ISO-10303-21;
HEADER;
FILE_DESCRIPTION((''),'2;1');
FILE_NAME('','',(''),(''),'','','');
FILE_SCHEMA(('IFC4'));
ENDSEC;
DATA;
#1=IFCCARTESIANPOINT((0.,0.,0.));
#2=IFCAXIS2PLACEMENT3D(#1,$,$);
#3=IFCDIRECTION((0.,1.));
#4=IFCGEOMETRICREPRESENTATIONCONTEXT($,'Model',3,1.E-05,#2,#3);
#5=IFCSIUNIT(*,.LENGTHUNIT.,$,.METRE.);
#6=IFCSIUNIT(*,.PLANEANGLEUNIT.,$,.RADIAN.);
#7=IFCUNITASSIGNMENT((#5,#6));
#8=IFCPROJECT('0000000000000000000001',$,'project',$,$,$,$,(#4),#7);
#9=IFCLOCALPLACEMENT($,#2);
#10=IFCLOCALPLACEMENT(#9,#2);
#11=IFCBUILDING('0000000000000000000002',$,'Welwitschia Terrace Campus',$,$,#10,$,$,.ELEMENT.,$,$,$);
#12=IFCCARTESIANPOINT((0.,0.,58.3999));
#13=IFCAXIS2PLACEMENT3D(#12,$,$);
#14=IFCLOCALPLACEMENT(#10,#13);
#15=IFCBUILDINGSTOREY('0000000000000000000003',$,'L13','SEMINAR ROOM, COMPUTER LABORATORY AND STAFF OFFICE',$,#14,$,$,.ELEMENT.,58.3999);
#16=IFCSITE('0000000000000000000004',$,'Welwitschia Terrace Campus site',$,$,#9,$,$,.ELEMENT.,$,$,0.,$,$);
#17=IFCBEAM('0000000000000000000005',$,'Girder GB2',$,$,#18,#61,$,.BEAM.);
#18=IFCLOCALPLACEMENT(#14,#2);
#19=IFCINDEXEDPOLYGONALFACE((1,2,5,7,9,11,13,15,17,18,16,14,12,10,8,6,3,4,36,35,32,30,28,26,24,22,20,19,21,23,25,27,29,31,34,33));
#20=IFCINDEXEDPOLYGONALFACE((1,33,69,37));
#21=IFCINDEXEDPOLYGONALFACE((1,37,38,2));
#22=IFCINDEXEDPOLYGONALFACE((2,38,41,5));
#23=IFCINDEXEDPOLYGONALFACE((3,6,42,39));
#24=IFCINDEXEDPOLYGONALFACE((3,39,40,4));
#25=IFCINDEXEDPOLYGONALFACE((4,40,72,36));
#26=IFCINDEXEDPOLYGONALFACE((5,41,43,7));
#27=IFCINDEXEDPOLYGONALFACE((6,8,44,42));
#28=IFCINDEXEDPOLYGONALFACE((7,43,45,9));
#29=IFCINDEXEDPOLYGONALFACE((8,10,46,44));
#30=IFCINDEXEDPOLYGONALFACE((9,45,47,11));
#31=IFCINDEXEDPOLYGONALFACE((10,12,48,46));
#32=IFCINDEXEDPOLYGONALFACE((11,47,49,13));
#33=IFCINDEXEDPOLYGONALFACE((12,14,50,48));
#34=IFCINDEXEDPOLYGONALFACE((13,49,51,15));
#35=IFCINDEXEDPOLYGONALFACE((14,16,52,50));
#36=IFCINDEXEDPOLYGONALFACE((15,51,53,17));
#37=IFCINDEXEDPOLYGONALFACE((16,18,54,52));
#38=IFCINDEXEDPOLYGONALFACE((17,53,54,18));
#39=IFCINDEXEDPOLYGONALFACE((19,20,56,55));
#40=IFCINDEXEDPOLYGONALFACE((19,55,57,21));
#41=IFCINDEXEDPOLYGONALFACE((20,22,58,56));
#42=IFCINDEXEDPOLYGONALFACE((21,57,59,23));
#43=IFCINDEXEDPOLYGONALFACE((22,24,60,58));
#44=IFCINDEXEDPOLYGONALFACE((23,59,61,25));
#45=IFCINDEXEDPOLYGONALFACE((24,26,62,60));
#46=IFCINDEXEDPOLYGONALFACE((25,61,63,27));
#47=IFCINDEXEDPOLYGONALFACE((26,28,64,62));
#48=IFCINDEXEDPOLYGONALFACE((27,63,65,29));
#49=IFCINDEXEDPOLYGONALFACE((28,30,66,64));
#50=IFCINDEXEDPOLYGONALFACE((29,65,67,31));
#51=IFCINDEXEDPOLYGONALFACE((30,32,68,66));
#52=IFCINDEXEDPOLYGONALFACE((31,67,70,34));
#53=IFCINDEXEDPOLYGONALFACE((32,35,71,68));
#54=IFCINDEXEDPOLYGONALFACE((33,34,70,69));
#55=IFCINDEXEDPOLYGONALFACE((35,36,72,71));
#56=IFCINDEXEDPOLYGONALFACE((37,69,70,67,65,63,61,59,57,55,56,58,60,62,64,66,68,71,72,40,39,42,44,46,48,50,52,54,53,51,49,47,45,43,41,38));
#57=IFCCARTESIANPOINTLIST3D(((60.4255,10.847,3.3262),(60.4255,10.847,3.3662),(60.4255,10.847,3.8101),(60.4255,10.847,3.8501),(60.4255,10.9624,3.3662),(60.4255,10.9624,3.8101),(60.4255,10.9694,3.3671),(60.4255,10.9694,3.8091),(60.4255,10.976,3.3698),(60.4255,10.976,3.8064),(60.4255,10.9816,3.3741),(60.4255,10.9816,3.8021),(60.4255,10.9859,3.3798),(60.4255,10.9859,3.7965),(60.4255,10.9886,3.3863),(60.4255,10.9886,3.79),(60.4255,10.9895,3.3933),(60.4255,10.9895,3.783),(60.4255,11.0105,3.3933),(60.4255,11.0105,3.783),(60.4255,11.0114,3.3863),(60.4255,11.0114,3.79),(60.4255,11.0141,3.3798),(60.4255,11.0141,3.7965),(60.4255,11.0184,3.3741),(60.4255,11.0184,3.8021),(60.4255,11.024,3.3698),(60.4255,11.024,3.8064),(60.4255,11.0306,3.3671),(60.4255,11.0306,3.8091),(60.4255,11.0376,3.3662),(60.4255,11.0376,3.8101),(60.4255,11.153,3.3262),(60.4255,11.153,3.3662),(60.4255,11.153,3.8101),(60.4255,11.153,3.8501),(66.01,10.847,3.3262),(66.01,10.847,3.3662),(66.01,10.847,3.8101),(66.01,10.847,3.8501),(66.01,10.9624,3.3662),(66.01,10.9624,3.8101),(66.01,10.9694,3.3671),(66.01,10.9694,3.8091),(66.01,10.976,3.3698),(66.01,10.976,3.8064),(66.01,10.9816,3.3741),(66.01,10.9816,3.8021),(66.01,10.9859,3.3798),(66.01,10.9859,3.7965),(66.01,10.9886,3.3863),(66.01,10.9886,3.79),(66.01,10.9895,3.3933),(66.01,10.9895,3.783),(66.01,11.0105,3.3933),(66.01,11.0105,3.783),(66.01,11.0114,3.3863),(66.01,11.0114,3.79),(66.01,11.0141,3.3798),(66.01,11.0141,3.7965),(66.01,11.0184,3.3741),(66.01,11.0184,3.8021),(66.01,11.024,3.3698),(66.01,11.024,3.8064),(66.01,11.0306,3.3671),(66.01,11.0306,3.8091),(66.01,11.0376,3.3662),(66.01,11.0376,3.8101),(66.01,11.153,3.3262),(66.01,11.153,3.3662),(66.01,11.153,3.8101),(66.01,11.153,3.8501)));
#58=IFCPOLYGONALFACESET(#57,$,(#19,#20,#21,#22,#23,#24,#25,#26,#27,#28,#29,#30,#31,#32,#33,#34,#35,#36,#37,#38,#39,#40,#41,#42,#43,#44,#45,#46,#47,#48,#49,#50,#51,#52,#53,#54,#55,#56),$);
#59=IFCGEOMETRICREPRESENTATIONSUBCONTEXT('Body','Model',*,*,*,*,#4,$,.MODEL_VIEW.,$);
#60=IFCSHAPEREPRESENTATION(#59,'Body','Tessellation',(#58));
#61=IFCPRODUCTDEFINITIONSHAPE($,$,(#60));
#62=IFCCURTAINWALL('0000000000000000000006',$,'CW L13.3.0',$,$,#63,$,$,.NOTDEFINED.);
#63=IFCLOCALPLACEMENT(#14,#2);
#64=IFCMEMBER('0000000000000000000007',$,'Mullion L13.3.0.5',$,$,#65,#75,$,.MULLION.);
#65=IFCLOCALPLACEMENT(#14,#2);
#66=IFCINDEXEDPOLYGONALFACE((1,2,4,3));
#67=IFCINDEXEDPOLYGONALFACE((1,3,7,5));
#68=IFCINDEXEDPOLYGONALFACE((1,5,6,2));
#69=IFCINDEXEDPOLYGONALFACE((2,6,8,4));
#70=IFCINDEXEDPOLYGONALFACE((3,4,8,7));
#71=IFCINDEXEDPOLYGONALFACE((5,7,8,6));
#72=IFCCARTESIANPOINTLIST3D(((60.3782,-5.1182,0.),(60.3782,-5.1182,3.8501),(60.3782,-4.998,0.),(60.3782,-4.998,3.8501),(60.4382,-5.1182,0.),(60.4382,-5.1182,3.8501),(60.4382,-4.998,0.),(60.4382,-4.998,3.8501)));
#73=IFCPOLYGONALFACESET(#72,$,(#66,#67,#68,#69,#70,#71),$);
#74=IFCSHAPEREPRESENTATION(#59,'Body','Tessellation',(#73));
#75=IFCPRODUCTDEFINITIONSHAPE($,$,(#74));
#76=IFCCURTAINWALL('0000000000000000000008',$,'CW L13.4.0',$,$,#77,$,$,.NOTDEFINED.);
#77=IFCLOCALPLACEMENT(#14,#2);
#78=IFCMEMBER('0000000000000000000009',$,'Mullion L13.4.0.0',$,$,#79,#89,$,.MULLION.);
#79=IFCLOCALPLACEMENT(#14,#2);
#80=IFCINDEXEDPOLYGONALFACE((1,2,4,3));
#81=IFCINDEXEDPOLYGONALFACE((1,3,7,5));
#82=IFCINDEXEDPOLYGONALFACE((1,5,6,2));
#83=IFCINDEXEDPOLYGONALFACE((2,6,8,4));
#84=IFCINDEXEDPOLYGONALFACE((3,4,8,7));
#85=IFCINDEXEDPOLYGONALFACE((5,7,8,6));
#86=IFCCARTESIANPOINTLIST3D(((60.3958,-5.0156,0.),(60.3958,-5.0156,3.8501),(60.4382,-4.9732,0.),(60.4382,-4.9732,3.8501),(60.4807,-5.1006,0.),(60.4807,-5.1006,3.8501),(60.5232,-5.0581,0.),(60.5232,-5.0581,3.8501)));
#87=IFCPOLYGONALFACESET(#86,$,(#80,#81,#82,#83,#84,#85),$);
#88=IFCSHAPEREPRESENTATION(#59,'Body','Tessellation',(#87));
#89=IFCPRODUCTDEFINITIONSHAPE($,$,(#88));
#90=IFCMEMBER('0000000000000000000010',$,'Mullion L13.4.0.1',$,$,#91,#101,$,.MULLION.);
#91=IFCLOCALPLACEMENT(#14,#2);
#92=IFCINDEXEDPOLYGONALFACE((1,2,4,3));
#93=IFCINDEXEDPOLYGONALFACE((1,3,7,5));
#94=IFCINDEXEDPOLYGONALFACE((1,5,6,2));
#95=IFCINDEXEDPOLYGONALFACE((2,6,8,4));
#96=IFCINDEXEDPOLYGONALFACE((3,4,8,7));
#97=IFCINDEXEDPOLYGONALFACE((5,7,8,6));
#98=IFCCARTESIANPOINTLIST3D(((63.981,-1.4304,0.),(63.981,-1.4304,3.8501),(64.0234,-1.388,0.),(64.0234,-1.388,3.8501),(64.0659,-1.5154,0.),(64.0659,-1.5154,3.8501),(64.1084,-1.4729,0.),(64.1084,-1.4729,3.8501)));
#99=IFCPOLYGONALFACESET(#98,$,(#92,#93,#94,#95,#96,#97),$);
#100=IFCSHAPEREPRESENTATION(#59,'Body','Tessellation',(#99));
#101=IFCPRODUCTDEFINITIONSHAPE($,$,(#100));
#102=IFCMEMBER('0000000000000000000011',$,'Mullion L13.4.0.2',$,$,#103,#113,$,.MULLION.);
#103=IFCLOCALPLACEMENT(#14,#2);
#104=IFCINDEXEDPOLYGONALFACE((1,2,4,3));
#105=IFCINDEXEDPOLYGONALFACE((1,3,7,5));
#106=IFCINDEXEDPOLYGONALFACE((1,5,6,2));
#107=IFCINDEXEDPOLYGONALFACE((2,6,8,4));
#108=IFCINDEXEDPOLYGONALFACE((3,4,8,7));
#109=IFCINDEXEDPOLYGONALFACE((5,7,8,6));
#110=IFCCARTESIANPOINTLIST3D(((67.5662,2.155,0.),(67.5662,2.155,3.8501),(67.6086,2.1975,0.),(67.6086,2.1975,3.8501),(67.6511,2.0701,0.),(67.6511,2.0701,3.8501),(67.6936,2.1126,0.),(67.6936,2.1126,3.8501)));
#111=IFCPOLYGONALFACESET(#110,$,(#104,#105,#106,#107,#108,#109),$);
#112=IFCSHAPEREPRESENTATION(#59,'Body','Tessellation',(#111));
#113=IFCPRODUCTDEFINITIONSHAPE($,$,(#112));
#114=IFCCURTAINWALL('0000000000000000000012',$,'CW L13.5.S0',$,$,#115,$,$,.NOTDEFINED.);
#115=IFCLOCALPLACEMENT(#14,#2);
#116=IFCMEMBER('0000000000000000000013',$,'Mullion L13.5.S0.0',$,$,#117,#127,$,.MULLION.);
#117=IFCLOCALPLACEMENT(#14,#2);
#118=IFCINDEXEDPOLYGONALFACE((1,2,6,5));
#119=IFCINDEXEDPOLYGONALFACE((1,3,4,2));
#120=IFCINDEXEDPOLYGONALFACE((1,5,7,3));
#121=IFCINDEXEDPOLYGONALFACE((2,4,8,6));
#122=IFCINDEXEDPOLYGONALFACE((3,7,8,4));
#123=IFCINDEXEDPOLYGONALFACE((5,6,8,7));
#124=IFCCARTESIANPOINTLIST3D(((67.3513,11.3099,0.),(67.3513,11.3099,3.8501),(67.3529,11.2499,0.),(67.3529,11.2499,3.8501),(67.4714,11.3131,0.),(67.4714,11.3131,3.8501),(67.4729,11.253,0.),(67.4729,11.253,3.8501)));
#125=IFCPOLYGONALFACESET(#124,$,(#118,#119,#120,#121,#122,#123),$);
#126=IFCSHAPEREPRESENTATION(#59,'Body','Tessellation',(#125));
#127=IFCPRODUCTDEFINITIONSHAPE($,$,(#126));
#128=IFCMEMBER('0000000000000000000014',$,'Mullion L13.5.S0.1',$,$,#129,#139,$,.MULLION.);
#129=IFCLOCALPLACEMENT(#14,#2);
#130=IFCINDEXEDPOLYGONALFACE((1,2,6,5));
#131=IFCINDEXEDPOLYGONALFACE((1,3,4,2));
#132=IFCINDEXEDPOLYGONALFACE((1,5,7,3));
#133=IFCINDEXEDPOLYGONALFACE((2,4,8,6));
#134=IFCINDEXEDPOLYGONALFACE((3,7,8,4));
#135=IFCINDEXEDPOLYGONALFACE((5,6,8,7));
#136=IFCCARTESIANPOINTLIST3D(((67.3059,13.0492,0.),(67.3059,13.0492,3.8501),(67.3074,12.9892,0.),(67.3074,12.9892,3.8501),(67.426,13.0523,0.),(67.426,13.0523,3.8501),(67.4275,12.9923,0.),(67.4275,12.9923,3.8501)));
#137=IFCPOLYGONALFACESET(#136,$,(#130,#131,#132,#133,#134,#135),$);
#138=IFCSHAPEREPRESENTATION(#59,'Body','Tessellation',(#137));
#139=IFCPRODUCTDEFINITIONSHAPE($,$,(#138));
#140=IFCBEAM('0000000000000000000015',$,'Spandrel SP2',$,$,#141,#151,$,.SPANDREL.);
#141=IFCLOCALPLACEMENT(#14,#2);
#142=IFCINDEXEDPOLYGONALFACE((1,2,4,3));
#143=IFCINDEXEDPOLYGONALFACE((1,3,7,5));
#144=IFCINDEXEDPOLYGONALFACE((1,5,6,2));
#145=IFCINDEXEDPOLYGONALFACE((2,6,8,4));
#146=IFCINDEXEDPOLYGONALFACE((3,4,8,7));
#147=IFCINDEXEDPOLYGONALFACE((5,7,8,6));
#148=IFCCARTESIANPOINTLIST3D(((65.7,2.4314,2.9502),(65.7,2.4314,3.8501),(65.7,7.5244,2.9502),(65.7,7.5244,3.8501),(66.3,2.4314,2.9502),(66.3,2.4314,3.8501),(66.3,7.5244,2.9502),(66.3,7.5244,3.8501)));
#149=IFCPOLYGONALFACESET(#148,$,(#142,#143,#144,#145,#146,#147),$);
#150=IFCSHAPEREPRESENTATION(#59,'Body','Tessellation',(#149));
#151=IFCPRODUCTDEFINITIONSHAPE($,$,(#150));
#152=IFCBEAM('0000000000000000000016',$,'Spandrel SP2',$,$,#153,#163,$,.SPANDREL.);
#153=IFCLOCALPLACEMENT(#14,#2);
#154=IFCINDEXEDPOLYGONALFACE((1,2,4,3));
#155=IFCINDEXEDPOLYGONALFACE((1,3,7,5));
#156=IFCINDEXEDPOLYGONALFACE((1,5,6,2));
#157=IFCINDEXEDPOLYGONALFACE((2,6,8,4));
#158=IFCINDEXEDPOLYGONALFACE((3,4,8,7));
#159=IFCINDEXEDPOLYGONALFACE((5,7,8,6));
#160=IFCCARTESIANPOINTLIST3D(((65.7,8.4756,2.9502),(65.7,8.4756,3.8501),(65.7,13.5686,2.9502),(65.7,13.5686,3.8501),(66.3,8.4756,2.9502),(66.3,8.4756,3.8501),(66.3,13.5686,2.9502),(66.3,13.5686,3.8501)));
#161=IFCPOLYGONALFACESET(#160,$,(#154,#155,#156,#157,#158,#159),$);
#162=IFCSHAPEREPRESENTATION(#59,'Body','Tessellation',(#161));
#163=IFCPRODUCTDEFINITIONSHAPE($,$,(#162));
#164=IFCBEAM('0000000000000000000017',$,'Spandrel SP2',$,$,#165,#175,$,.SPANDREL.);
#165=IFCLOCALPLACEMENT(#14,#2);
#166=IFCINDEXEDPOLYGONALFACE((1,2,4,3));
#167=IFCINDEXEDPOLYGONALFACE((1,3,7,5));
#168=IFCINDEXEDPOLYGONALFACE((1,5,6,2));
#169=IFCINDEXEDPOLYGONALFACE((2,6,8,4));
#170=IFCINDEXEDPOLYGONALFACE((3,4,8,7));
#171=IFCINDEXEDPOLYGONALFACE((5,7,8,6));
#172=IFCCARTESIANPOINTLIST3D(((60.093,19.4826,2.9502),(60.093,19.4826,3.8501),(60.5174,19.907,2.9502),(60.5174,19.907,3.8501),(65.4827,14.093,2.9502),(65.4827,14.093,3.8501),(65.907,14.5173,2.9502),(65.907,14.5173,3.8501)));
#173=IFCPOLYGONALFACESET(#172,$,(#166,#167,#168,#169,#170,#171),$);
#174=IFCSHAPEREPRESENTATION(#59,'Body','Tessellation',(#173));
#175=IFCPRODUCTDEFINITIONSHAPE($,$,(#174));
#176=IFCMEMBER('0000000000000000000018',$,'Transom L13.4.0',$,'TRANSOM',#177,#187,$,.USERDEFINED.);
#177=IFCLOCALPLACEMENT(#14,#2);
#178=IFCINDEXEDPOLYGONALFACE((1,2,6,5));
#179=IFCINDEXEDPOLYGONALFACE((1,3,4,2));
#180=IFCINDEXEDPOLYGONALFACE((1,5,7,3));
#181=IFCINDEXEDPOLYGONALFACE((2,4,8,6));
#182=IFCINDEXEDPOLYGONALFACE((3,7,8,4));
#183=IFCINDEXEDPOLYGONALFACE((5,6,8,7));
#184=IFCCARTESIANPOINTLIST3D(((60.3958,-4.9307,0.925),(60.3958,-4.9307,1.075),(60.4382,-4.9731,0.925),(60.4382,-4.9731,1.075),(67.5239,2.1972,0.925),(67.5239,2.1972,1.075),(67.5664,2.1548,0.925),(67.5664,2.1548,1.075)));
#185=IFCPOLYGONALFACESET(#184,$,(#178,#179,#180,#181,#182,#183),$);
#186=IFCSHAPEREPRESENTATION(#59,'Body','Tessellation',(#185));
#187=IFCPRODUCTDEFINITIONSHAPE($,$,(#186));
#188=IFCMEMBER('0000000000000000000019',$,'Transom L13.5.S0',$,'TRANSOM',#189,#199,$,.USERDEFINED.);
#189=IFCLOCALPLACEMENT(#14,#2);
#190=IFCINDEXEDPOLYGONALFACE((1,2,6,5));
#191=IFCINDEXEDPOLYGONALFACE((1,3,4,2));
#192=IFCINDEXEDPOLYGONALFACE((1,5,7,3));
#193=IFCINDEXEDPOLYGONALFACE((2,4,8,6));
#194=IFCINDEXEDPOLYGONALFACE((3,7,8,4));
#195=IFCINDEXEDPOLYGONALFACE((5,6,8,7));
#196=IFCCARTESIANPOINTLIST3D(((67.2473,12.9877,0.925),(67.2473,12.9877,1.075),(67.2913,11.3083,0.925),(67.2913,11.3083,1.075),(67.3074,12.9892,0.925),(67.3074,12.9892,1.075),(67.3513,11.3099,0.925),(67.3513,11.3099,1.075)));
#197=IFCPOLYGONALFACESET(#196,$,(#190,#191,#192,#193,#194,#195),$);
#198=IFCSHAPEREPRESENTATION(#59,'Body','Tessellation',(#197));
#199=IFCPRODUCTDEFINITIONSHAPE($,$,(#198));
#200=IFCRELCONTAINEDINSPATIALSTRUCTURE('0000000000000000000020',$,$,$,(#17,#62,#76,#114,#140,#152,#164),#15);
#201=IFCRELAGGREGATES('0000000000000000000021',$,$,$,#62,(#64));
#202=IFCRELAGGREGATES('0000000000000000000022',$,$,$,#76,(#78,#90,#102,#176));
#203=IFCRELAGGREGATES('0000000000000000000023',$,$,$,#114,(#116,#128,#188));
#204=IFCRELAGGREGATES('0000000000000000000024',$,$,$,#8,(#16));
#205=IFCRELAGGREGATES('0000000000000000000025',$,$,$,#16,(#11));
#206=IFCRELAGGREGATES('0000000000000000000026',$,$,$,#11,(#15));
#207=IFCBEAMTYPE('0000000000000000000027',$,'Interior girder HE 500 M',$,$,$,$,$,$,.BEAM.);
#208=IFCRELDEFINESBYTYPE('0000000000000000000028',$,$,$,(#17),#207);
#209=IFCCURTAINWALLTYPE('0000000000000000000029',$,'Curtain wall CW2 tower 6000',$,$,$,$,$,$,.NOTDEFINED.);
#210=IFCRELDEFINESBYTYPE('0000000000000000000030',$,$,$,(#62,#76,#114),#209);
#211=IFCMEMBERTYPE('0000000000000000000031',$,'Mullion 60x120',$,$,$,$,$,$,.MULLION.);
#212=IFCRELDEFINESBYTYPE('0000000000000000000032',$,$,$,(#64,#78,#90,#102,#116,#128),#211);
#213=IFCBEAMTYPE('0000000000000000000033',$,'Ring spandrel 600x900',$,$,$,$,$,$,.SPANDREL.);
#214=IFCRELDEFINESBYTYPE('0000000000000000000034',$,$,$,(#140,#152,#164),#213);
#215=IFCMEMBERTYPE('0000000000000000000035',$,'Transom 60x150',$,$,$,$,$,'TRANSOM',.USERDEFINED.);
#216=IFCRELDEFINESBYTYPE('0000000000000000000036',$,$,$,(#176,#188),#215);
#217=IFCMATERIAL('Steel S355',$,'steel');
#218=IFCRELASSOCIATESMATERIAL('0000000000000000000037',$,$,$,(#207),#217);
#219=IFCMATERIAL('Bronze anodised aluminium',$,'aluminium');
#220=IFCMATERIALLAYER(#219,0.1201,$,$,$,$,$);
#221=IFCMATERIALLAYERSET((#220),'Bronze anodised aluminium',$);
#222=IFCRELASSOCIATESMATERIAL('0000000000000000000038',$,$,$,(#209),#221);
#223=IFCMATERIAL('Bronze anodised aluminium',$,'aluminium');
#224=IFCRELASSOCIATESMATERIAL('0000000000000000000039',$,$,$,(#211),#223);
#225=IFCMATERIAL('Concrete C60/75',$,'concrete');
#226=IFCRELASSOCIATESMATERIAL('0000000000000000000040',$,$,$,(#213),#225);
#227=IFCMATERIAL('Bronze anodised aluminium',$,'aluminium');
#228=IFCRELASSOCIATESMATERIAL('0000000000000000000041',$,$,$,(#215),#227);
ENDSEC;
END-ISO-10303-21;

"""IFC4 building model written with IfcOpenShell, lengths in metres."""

from ifc_helpers import new_model, si_unit, direction, frame, origin, origin_2d, place, context, subcontext, project, spatial, rectangle, i_section, extrude, material, layer, layer_set, material_profile, profile_set, type_object, element, aggregate, save


model = new_model("IFC4")

# Units and contexts
model_context = context("Model", 3, precision=1e-05, world=origin(), true_north=direction((0.0, 1.0)))
body_context = subcontext(model_context, "Body", "Model", "MODEL_VIEW")
ifc_project = project(units=[si_unit("LENGTHUNIT", "METRE"), si_unit("PLANEANGLEUNIT", "RADIAN")], contexts=[model_context])

# Site, building, storey
site_placement = place(None, origin())
site = spatial("IfcSite", under=ifc_project, at=site_placement, Name="Welwitschia Terrace Campus site", CompositionType="ELEMENT", RefElevation=0.0)
building_placement = place(site_placement, origin())
building = spatial("IfcBuilding", under=site, at=building_placement, Name="Welwitschia Terrace Campus", CompositionType="ELEMENT")
storey_placement = place(building_placement, frame((0.0, 0.0, 58.3999)))
storey = spatial("IfcBuildingStorey", under=building, at=storey_placement, Name="L13", Description="SEMINAR ROOM, COMPUTER LABORATORY AND STAFF OFFICE", CompositionType="ELEMENT", Elevation=58.3999)

# Beam
ifc_material_1 = material(Name="Steel S355", Category="steel")
ifc_material_profile_1 = material_profile(ifc_material_1, i_section(OverallWidth=0.3059, OverallDepth=0.5239, WebThickness=0.021, FlangeThickness=0.04, FilletRadius=0.0271, at=origin_2d()))
ifc_profile_set_1 = profile_set([ifc_material_profile_1], Name="Steel S355")
beam_type_1 = type_object("IfcBeamType", Name="Interior girder HE 500 M", PredefinedType="BEAM", material=ifc_profile_set_1)
for number, where, z_axis, x_axis, name in (
    (1, (60.4255, 11.0, 3.5881), (1.0, 0.0, 0.0), (0.0, 1.0, 0.0), "Girder GB2"),
):
    element("IfcBeam", number, at=place(storey_placement, frame(where, z_axis=z_axis, x_axis=x_axis)), inside=storey, type_object=beam_type_1, Name=name, PredefinedType="BEAM", context=body_context, shape_type="SweptSolid", body=[
        extrude(i_section(OverallWidth=0.3059, OverallDepth=0.5239, WebThickness=0.021, FlangeThickness=0.04, FilletRadius=0.0271, at=origin_2d()), origin(), (0.0, 0.0, 1.0), 5.5845),
    ])

# Curtain wall, member
ifc_material_2 = material(Name="Bronze anodised aluminium", Category="aluminium")
ifc_layer_1 = layer(ifc_material_2, 0.1201)
ifc_layer_set_1 = layer_set([ifc_layer_1], Name="Bronze anodised aluminium")
curtain_wall_type = type_object("IfcCurtainWallType", Name="Curtain wall CW2 tower 6000", PredefinedType="NOTDEFINED", material=ifc_layer_set_1)
curtain_wall_1_placement = place(storey_placement, origin())
curtain_wall_1 = element("IfcCurtainWall", 2, at=curtain_wall_1_placement, inside=storey, type_object=curtain_wall_type, Name="CW L13.3.0", PredefinedType="NOTDEFINED")
ifc_material_3 = material(Name="Bronze anodised aluminium", Category="aluminium")
ifc_material_profile_2 = material_profile(ifc_material_3, rectangle(XDim=0.1201, YDim=0.0601, at=origin_2d()))
ifc_profile_set_2 = profile_set([ifc_material_profile_2], Name="Bronze anodised aluminium")
member_type_1 = type_object("IfcMemberType", Name="Mullion 60x120", PredefinedType="MULLION", material=ifc_profile_set_2)
member_1_placement = place(storey_placement, frame((60.4082, -5.0581, 0.0), z_axis=(0.0, 0.0, 1.0), x_axis=(0.0, 1.0, 0.0)))
member_1 = element("IfcMember", 3, at=member_1_placement, type_object=member_type_1, Name="Mullion L13.3.0.5", PredefinedType="MULLION", context=body_context, shape_type="SweptSolid", body=[
    extrude(rectangle(XDim=0.1201, YDim=0.0601, at=origin_2d()), origin(), (0.0, 0.0, 1.0), 3.8501),
])
aggregate(curtain_wall_1, [member_1])

# Curtain walls, members
curtain_wall_2_placement = place(storey_placement, origin())
curtain_wall_2 = element("IfcCurtainWall", 4, at=curtain_wall_2_placement, inside=storey, type_object=curtain_wall_type, Name="CW L13.4.0", PredefinedType="NOTDEFINED")
member_2_placement = place(storey_placement, frame((60.4595, -5.0369, 0.0), z_axis=(0.0, 0.0, 1.0), x_axis=(-0.707107, 0.707107, 0.0)))
member_2 = element("IfcMember", 5, at=member_2_placement, type_object=member_type_1, Name="Mullion L13.4.0.0", PredefinedType="MULLION", context=body_context, shape_type="SweptSolid", body=[
    extrude(rectangle(XDim=0.1201, YDim=0.0601, at=origin_2d()), origin(), (0.0, 0.0, 1.0), 3.8501),
])
member_3_placement = place(storey_placement, frame((64.0447, -1.4517, 0.0), z_axis=(0.0, 0.0, 1.0), x_axis=(-0.707107, 0.707107, 0.0)))
member_3 = element("IfcMember", 6, at=member_3_placement, type_object=member_type_1, Name="Mullion L13.4.0.1", PredefinedType="MULLION", context=body_context, shape_type="SweptSolid", body=[
    extrude(rectangle(XDim=0.1201, YDim=0.0601, at=origin_2d()), origin(), (0.0, 0.0, 1.0), 3.8501),
])
member_4_placement = place(storey_placement, frame((67.6299, 2.1338, 0.0), z_axis=(0.0, 0.0, 1.0), x_axis=(-0.707107, 0.707107, 0.0)))
member_4 = element("IfcMember", 7, at=member_4_placement, type_object=member_type_1, Name="Mullion L13.4.0.2", PredefinedType="MULLION", context=body_context, shape_type="SweptSolid", body=[
    extrude(rectangle(XDim=0.1201, YDim=0.0601, at=origin_2d()), origin(), (0.0, 0.0, 1.0), 3.8501),
])
curtain_wall_3_placement = place(storey_placement, origin())
curtain_wall_3 = element("IfcCurtainWall", 8, at=curtain_wall_3_placement, inside=storey, type_object=curtain_wall_type, Name="CW L13.5.S0", PredefinedType="NOTDEFINED")
member_5_placement = place(storey_placement, frame((67.4121, 11.2815, 0.0), z_axis=(0.0, 0.0, 1.0), x_axis=(-0.999657, -0.026177, 0.0)))
member_5 = element("IfcMember", 9, at=member_5_placement, type_object=member_type_1, Name="Mullion L13.5.S0.0", PredefinedType="MULLION", context=body_context, shape_type="SweptSolid", body=[
    extrude(rectangle(XDim=0.1201, YDim=0.0601, at=origin_2d()), origin(), (0.0, 0.0, 1.0), 3.8501),
])
member_6_placement = place(storey_placement, frame((67.3667, 13.0208, 0.0), z_axis=(0.0, 0.0, 1.0), x_axis=(-0.999657, -0.026177, 0.0)))
member_6 = element("IfcMember", 10, at=member_6_placement, type_object=member_type_1, Name="Mullion L13.5.S0.1", PredefinedType="MULLION", context=body_context, shape_type="SweptSolid", body=[
    extrude(rectangle(XDim=0.1201, YDim=0.0601, at=origin_2d()), origin(), (0.0, 0.0, 1.0), 3.8501),
])

# Beams
ifc_material_4 = material(Name="Concrete C60/75", Category="concrete")
ifc_material_profile_3 = material_profile(ifc_material_4, rectangle(XDim=0.6001, YDim=0.8999, at=origin_2d()))
ifc_profile_set_3 = profile_set([ifc_material_profile_3], Name="Concrete C60/75")
beam_type_2 = type_object("IfcBeamType", Name="Ring spandrel 600x900", PredefinedType="SPANDREL", material=ifc_profile_set_3)
for number, where, z_axis, x_axis, name in (
    (11, (66.0, 2.4314, 3.4001), (0.0, 1.0, 0.0), (-1.0, 0.0, 0.0), "Spandrel SP2"),
    (12, (66.0, 8.4756, 3.4001), (0.0, 1.0, 0.0), (-1.0, 0.0, 0.0), "Spandrel SP2"),
):
    element("IfcBeam", number, at=place(storey_placement, frame(where, z_axis=z_axis, x_axis=x_axis)), inside=storey, type_object=beam_type_2, Name=name, PredefinedType="SPANDREL", context=body_context, shape_type="SweptSolid", body=[
        extrude(rectangle(XDim=0.6001, YDim=0.8999, at=origin_2d()), origin(), (0.0, 0.0, 1.0), 5.093),
    ])
beam_placement = place(storey_placement, frame((65.6948, 14.3052, 3.4001), z_axis=(-0.707107, 0.707107, 0.0), x_axis=(-0.707107, -0.707107, 0.0)))
element("IfcBeam", 13, at=beam_placement, inside=storey, type_object=beam_type_2, Name="Spandrel SP2", PredefinedType="SPANDREL", context=body_context, shape_type="SweptSolid", body=[
    extrude(rectangle(XDim=0.6001, YDim=0.8999, at=origin_2d()), origin(), (0.0, 0.0, 1.0), 7.6221),
])

# Members
ifc_material_5 = material(Name="Bronze anodised aluminium", Category="aluminium")
ifc_material_profile_4 = material_profile(ifc_material_5, rectangle(XDim=0.0601, YDim=0.1499, at=origin_2d()))
ifc_profile_set_4 = profile_set([ifc_material_profile_4], Name="Bronze anodised aluminium")
member_type_2 = type_object("IfcMemberType", Name="Transom 60x150", ElementType="TRANSOM", PredefinedType="USERDEFINED", material=ifc_profile_set_4)
member_7_placement = place(storey_placement, frame((60.417, -4.9519, 1.0), z_axis=(0.707119, 0.707095, 0.0), x_axis=(-0.707095, 0.707119, 0.0)))
member_7 = element("IfcMember", 14, at=member_7_placement, type_object=member_type_2, Name="Transom L13.4.0", ObjectType="TRANSOM", PredefinedType="USERDEFINED", context=body_context, shape_type="SweptSolid", body=[
    extrude(rectangle(XDim=0.0601, YDim=0.1499, at=origin_2d()), origin(), (0.0, 0.0, 1.0), 10.0806),
])
member_8_placement = place(storey_placement, frame((67.3213, 11.3091, 1.0), z_axis=(-0.026158, 0.999658, 0.0), x_axis=(-0.999658, -0.026158, 0.0)))
member_8 = element("IfcMember", 15, at=member_8_placement, type_object=member_type_2, Name="Transom L13.5.S0", ObjectType="TRANSOM", PredefinedType="USERDEFINED", context=body_context, shape_type="SweptSolid", body=[
    extrude(rectangle(XDim=0.0601, YDim=0.1499, at=origin_2d()), origin(), (0.0, 0.0, 1.0), 1.6799),
])

aggregate(curtain_wall_2, [member_2, member_3, member_4, member_7])
aggregate(curtain_wall_3, [member_5, member_6, member_8])

save(model, "model.ifc")
